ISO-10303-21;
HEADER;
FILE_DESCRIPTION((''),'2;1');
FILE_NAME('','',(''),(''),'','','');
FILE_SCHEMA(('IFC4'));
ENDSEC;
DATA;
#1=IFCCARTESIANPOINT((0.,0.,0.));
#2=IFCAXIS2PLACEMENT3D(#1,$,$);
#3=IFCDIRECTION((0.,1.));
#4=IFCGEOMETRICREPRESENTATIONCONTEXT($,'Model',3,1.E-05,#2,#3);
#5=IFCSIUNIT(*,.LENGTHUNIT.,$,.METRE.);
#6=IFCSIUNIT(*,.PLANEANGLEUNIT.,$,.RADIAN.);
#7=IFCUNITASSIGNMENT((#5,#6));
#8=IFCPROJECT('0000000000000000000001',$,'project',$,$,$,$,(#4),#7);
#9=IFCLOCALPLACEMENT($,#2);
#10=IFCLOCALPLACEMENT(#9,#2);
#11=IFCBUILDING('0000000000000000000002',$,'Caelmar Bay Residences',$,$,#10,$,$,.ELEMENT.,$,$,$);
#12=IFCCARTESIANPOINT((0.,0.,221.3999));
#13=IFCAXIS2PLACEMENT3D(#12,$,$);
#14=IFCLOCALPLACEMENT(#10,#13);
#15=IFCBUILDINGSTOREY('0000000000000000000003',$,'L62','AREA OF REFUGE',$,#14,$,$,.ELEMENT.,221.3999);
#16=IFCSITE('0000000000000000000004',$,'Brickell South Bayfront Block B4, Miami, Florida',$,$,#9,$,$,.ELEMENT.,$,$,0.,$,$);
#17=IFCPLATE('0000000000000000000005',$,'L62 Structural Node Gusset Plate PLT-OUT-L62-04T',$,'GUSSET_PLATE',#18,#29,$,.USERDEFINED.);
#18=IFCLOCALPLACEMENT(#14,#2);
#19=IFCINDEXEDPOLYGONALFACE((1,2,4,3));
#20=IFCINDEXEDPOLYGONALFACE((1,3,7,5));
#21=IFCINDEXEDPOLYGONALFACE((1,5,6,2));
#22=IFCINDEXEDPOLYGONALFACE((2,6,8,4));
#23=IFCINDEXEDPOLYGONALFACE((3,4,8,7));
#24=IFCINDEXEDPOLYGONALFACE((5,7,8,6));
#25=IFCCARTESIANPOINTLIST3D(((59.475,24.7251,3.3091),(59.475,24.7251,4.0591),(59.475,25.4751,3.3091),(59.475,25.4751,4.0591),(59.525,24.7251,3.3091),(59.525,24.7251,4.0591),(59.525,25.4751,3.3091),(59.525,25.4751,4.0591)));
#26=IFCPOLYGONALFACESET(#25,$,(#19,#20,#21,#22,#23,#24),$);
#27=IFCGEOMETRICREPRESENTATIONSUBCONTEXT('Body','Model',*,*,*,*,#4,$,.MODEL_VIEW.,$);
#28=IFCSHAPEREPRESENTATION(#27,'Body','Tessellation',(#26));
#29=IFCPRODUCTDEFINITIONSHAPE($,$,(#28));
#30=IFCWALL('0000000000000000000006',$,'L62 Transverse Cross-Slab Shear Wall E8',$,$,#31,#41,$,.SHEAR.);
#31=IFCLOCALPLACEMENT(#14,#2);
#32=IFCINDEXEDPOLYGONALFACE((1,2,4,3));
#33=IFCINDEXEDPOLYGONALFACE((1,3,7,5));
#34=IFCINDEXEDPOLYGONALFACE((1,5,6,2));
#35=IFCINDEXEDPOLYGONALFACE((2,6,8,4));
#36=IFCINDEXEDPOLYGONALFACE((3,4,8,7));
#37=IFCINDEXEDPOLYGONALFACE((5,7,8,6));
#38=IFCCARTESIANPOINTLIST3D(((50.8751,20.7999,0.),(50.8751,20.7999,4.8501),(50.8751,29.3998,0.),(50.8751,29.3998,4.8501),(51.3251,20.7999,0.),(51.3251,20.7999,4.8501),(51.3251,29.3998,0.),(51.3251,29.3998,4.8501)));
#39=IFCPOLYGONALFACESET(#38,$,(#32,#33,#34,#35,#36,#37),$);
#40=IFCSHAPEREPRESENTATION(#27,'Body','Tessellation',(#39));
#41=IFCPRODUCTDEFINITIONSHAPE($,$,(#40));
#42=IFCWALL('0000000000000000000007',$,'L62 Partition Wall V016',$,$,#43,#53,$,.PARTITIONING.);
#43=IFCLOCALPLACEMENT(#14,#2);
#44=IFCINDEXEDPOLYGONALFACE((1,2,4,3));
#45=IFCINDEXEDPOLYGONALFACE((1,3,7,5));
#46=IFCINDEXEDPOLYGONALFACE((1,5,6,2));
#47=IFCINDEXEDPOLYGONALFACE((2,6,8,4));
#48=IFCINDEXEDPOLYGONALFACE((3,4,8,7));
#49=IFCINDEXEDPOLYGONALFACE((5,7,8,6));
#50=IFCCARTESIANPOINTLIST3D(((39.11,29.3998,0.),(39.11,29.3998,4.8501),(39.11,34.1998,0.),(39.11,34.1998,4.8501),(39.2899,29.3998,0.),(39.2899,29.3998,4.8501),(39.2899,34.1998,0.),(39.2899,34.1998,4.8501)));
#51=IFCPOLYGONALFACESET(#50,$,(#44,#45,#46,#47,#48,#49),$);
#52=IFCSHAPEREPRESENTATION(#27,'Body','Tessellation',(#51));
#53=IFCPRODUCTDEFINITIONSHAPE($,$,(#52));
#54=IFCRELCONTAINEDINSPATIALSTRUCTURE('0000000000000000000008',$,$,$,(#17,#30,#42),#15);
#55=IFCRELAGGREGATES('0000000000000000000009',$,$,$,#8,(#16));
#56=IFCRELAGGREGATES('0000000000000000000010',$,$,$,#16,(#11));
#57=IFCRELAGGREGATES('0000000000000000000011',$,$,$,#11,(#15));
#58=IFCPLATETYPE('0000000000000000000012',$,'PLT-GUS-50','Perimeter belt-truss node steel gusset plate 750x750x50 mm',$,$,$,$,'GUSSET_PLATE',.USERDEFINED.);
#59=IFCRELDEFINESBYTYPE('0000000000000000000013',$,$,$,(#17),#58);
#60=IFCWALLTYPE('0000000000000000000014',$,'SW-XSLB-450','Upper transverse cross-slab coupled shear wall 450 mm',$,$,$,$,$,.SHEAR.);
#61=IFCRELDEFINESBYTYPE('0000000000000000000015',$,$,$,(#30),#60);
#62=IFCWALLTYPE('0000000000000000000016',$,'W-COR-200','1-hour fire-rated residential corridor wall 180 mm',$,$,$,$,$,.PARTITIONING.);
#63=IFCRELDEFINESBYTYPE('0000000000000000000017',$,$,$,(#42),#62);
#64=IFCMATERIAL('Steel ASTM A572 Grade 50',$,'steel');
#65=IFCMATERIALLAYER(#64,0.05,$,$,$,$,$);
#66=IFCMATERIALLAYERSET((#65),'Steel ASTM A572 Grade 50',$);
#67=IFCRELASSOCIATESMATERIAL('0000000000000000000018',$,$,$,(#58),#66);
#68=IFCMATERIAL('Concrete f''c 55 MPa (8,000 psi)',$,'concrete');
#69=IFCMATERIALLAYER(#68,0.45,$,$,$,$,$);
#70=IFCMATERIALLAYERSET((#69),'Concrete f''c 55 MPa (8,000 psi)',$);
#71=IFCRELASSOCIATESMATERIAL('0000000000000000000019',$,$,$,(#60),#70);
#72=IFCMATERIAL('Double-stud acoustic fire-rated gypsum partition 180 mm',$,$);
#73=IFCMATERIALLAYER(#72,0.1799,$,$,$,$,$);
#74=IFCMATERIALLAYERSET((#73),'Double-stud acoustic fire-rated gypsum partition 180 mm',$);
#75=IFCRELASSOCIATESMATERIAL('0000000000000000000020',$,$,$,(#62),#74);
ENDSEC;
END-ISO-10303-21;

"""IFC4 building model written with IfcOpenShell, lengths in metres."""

from ifc_helpers import new_model, si_unit, direction, frame, frame_2d, origin, origin_2d, place, context, subcontext, project, spatial, rectangle, extrude, material, layer, layer_set, type_object, element, save


model = new_model("IFC4")

# Units and contexts
model_context = context("Model", 3, precision=1e-05, world=origin(), true_north=direction((0.0, 1.0)))
body_context = subcontext(model_context, "Body", "Model", "MODEL_VIEW")
ifc_project = project(units=[si_unit("LENGTHUNIT", "METRE"), si_unit("PLANEANGLEUNIT", "RADIAN")], contexts=[model_context])

# Site, building, storey
site_placement = place(None, origin())
site = spatial("IfcSite", under=ifc_project, at=site_placement, Name="Brickell South Bayfront Block B4, Miami, Florida", CompositionType="ELEMENT", RefElevation=0.0)
building_placement = place(site_placement, origin())
building = spatial("IfcBuilding", under=site, at=building_placement, Name="Caelmar Bay Residences", CompositionType="ELEMENT")
storey_placement = place(building_placement, frame((0.0, 0.0, 221.3999)))
storey = spatial("IfcBuildingStorey", under=building, at=storey_placement, Name="L62", Description="AREA OF REFUGE", CompositionType="ELEMENT", Elevation=221.3999)

# Shared definitions
ifc_material_1 = material(Name="Concrete f'c 55 MPa (8,000 psi)", Category="concrete")

# Plate
ifc_material_2 = material(Name="Steel ASTM A572 Grade 50", Category="steel")
ifc_layer_1 = layer(ifc_material_2, 0.05)
ifc_layer_set_1 = layer_set([ifc_layer_1], Name="Steel ASTM A572 Grade 50")
plate_type = type_object("IfcPlateType", Name="PLT-GUS-50", Description="Perimeter belt-truss node steel gusset plate 750x750x50 mm", ElementType="GUSSET_PLATE", PredefinedType="USERDEFINED", material=ifc_layer_set_1)
for number, where, z_axis, x_axis, name in (
    (1, (59.5, 25.1001, 3.3091), (0.0, 0.0, 1.0), (0.0, 1.0, 0.0), "L62 Structural Node Gusset Plate PLT-OUT-L62-04T"),
):
    element("IfcPlate", number, at=place(storey_placement, frame(where, z_axis=z_axis, x_axis=x_axis)), inside=storey, type_object=plate_type, Name=name, ObjectType="GUSSET_PLATE", PredefinedType="USERDEFINED", context=body_context, shape_type="SweptSolid", body=[
        extrude(rectangle(XDim=0.75, YDim=0.05, at=origin_2d()), origin(), (0.0, 0.0, 1.0), 0.75),
    ])

# Walls
ifc_layer_2 = layer(ifc_material_1, 0.45)
ifc_layer_set_2 = layer_set([ifc_layer_2], Name="Concrete f'c 55 MPa (8,000 psi)")
wall_type_1 = type_object("IfcWallType", Name="SW-XSLB-450", Description="Upper transverse cross-slab coupled shear wall 450 mm", PredefinedType="SHEAR", material=ifc_layer_set_2)
wall_1_placement = place(storey_placement, frame((51.1001, 20.8, 0.0), z_axis=(0.0, 0.0, 1.0), x_axis=(0.0, 1.0, 0.0)))
element("IfcWall", 2, at=wall_1_placement, inside=storey, type_object=wall_type_1, Name="L62 Transverse Cross-Slab Shear Wall E8", PredefinedType="SHEAR", context=body_context, shape_type="SweptSolid", body=[
    extrude(rectangle(XDim=8.5999, YDim=0.45, at=frame_2d((4.2998, 0.0))), origin(), (0.0, 0.0, 1.0), 4.8501),
])
ifc_material_3 = material(Name="Double-stud acoustic fire-rated gypsum partition 180 mm")
ifc_layer_3 = layer(ifc_material_3, 0.1799)
ifc_layer_set_3 = layer_set([ifc_layer_3], Name="Double-stud acoustic fire-rated gypsum partition 180 mm")
wall_type_2 = type_object("IfcWallType", Name="W-COR-200", Description="1-hour fire-rated residential corridor wall 180 mm", PredefinedType="PARTITIONING", material=ifc_layer_set_3)
wall_2_placement = place(storey_placement, frame((39.2, 29.3999, 0.0), z_axis=(0.0, 0.0, 1.0), x_axis=(0.0, 1.0, 0.0)))
element("IfcWall", 3, at=wall_2_placement, inside=storey, type_object=wall_type_2, Name="L62 Partition Wall V016", PredefinedType="PARTITIONING", context=body_context, shape_type="SweptSolid", body=[
    extrude(rectangle(XDim=4.8, YDim=0.1799, at=frame_2d((2.3999, 0.0))), origin(), (0.0, 0.0, 1.0), 4.8501),
])

save(model, "model.ifc")
